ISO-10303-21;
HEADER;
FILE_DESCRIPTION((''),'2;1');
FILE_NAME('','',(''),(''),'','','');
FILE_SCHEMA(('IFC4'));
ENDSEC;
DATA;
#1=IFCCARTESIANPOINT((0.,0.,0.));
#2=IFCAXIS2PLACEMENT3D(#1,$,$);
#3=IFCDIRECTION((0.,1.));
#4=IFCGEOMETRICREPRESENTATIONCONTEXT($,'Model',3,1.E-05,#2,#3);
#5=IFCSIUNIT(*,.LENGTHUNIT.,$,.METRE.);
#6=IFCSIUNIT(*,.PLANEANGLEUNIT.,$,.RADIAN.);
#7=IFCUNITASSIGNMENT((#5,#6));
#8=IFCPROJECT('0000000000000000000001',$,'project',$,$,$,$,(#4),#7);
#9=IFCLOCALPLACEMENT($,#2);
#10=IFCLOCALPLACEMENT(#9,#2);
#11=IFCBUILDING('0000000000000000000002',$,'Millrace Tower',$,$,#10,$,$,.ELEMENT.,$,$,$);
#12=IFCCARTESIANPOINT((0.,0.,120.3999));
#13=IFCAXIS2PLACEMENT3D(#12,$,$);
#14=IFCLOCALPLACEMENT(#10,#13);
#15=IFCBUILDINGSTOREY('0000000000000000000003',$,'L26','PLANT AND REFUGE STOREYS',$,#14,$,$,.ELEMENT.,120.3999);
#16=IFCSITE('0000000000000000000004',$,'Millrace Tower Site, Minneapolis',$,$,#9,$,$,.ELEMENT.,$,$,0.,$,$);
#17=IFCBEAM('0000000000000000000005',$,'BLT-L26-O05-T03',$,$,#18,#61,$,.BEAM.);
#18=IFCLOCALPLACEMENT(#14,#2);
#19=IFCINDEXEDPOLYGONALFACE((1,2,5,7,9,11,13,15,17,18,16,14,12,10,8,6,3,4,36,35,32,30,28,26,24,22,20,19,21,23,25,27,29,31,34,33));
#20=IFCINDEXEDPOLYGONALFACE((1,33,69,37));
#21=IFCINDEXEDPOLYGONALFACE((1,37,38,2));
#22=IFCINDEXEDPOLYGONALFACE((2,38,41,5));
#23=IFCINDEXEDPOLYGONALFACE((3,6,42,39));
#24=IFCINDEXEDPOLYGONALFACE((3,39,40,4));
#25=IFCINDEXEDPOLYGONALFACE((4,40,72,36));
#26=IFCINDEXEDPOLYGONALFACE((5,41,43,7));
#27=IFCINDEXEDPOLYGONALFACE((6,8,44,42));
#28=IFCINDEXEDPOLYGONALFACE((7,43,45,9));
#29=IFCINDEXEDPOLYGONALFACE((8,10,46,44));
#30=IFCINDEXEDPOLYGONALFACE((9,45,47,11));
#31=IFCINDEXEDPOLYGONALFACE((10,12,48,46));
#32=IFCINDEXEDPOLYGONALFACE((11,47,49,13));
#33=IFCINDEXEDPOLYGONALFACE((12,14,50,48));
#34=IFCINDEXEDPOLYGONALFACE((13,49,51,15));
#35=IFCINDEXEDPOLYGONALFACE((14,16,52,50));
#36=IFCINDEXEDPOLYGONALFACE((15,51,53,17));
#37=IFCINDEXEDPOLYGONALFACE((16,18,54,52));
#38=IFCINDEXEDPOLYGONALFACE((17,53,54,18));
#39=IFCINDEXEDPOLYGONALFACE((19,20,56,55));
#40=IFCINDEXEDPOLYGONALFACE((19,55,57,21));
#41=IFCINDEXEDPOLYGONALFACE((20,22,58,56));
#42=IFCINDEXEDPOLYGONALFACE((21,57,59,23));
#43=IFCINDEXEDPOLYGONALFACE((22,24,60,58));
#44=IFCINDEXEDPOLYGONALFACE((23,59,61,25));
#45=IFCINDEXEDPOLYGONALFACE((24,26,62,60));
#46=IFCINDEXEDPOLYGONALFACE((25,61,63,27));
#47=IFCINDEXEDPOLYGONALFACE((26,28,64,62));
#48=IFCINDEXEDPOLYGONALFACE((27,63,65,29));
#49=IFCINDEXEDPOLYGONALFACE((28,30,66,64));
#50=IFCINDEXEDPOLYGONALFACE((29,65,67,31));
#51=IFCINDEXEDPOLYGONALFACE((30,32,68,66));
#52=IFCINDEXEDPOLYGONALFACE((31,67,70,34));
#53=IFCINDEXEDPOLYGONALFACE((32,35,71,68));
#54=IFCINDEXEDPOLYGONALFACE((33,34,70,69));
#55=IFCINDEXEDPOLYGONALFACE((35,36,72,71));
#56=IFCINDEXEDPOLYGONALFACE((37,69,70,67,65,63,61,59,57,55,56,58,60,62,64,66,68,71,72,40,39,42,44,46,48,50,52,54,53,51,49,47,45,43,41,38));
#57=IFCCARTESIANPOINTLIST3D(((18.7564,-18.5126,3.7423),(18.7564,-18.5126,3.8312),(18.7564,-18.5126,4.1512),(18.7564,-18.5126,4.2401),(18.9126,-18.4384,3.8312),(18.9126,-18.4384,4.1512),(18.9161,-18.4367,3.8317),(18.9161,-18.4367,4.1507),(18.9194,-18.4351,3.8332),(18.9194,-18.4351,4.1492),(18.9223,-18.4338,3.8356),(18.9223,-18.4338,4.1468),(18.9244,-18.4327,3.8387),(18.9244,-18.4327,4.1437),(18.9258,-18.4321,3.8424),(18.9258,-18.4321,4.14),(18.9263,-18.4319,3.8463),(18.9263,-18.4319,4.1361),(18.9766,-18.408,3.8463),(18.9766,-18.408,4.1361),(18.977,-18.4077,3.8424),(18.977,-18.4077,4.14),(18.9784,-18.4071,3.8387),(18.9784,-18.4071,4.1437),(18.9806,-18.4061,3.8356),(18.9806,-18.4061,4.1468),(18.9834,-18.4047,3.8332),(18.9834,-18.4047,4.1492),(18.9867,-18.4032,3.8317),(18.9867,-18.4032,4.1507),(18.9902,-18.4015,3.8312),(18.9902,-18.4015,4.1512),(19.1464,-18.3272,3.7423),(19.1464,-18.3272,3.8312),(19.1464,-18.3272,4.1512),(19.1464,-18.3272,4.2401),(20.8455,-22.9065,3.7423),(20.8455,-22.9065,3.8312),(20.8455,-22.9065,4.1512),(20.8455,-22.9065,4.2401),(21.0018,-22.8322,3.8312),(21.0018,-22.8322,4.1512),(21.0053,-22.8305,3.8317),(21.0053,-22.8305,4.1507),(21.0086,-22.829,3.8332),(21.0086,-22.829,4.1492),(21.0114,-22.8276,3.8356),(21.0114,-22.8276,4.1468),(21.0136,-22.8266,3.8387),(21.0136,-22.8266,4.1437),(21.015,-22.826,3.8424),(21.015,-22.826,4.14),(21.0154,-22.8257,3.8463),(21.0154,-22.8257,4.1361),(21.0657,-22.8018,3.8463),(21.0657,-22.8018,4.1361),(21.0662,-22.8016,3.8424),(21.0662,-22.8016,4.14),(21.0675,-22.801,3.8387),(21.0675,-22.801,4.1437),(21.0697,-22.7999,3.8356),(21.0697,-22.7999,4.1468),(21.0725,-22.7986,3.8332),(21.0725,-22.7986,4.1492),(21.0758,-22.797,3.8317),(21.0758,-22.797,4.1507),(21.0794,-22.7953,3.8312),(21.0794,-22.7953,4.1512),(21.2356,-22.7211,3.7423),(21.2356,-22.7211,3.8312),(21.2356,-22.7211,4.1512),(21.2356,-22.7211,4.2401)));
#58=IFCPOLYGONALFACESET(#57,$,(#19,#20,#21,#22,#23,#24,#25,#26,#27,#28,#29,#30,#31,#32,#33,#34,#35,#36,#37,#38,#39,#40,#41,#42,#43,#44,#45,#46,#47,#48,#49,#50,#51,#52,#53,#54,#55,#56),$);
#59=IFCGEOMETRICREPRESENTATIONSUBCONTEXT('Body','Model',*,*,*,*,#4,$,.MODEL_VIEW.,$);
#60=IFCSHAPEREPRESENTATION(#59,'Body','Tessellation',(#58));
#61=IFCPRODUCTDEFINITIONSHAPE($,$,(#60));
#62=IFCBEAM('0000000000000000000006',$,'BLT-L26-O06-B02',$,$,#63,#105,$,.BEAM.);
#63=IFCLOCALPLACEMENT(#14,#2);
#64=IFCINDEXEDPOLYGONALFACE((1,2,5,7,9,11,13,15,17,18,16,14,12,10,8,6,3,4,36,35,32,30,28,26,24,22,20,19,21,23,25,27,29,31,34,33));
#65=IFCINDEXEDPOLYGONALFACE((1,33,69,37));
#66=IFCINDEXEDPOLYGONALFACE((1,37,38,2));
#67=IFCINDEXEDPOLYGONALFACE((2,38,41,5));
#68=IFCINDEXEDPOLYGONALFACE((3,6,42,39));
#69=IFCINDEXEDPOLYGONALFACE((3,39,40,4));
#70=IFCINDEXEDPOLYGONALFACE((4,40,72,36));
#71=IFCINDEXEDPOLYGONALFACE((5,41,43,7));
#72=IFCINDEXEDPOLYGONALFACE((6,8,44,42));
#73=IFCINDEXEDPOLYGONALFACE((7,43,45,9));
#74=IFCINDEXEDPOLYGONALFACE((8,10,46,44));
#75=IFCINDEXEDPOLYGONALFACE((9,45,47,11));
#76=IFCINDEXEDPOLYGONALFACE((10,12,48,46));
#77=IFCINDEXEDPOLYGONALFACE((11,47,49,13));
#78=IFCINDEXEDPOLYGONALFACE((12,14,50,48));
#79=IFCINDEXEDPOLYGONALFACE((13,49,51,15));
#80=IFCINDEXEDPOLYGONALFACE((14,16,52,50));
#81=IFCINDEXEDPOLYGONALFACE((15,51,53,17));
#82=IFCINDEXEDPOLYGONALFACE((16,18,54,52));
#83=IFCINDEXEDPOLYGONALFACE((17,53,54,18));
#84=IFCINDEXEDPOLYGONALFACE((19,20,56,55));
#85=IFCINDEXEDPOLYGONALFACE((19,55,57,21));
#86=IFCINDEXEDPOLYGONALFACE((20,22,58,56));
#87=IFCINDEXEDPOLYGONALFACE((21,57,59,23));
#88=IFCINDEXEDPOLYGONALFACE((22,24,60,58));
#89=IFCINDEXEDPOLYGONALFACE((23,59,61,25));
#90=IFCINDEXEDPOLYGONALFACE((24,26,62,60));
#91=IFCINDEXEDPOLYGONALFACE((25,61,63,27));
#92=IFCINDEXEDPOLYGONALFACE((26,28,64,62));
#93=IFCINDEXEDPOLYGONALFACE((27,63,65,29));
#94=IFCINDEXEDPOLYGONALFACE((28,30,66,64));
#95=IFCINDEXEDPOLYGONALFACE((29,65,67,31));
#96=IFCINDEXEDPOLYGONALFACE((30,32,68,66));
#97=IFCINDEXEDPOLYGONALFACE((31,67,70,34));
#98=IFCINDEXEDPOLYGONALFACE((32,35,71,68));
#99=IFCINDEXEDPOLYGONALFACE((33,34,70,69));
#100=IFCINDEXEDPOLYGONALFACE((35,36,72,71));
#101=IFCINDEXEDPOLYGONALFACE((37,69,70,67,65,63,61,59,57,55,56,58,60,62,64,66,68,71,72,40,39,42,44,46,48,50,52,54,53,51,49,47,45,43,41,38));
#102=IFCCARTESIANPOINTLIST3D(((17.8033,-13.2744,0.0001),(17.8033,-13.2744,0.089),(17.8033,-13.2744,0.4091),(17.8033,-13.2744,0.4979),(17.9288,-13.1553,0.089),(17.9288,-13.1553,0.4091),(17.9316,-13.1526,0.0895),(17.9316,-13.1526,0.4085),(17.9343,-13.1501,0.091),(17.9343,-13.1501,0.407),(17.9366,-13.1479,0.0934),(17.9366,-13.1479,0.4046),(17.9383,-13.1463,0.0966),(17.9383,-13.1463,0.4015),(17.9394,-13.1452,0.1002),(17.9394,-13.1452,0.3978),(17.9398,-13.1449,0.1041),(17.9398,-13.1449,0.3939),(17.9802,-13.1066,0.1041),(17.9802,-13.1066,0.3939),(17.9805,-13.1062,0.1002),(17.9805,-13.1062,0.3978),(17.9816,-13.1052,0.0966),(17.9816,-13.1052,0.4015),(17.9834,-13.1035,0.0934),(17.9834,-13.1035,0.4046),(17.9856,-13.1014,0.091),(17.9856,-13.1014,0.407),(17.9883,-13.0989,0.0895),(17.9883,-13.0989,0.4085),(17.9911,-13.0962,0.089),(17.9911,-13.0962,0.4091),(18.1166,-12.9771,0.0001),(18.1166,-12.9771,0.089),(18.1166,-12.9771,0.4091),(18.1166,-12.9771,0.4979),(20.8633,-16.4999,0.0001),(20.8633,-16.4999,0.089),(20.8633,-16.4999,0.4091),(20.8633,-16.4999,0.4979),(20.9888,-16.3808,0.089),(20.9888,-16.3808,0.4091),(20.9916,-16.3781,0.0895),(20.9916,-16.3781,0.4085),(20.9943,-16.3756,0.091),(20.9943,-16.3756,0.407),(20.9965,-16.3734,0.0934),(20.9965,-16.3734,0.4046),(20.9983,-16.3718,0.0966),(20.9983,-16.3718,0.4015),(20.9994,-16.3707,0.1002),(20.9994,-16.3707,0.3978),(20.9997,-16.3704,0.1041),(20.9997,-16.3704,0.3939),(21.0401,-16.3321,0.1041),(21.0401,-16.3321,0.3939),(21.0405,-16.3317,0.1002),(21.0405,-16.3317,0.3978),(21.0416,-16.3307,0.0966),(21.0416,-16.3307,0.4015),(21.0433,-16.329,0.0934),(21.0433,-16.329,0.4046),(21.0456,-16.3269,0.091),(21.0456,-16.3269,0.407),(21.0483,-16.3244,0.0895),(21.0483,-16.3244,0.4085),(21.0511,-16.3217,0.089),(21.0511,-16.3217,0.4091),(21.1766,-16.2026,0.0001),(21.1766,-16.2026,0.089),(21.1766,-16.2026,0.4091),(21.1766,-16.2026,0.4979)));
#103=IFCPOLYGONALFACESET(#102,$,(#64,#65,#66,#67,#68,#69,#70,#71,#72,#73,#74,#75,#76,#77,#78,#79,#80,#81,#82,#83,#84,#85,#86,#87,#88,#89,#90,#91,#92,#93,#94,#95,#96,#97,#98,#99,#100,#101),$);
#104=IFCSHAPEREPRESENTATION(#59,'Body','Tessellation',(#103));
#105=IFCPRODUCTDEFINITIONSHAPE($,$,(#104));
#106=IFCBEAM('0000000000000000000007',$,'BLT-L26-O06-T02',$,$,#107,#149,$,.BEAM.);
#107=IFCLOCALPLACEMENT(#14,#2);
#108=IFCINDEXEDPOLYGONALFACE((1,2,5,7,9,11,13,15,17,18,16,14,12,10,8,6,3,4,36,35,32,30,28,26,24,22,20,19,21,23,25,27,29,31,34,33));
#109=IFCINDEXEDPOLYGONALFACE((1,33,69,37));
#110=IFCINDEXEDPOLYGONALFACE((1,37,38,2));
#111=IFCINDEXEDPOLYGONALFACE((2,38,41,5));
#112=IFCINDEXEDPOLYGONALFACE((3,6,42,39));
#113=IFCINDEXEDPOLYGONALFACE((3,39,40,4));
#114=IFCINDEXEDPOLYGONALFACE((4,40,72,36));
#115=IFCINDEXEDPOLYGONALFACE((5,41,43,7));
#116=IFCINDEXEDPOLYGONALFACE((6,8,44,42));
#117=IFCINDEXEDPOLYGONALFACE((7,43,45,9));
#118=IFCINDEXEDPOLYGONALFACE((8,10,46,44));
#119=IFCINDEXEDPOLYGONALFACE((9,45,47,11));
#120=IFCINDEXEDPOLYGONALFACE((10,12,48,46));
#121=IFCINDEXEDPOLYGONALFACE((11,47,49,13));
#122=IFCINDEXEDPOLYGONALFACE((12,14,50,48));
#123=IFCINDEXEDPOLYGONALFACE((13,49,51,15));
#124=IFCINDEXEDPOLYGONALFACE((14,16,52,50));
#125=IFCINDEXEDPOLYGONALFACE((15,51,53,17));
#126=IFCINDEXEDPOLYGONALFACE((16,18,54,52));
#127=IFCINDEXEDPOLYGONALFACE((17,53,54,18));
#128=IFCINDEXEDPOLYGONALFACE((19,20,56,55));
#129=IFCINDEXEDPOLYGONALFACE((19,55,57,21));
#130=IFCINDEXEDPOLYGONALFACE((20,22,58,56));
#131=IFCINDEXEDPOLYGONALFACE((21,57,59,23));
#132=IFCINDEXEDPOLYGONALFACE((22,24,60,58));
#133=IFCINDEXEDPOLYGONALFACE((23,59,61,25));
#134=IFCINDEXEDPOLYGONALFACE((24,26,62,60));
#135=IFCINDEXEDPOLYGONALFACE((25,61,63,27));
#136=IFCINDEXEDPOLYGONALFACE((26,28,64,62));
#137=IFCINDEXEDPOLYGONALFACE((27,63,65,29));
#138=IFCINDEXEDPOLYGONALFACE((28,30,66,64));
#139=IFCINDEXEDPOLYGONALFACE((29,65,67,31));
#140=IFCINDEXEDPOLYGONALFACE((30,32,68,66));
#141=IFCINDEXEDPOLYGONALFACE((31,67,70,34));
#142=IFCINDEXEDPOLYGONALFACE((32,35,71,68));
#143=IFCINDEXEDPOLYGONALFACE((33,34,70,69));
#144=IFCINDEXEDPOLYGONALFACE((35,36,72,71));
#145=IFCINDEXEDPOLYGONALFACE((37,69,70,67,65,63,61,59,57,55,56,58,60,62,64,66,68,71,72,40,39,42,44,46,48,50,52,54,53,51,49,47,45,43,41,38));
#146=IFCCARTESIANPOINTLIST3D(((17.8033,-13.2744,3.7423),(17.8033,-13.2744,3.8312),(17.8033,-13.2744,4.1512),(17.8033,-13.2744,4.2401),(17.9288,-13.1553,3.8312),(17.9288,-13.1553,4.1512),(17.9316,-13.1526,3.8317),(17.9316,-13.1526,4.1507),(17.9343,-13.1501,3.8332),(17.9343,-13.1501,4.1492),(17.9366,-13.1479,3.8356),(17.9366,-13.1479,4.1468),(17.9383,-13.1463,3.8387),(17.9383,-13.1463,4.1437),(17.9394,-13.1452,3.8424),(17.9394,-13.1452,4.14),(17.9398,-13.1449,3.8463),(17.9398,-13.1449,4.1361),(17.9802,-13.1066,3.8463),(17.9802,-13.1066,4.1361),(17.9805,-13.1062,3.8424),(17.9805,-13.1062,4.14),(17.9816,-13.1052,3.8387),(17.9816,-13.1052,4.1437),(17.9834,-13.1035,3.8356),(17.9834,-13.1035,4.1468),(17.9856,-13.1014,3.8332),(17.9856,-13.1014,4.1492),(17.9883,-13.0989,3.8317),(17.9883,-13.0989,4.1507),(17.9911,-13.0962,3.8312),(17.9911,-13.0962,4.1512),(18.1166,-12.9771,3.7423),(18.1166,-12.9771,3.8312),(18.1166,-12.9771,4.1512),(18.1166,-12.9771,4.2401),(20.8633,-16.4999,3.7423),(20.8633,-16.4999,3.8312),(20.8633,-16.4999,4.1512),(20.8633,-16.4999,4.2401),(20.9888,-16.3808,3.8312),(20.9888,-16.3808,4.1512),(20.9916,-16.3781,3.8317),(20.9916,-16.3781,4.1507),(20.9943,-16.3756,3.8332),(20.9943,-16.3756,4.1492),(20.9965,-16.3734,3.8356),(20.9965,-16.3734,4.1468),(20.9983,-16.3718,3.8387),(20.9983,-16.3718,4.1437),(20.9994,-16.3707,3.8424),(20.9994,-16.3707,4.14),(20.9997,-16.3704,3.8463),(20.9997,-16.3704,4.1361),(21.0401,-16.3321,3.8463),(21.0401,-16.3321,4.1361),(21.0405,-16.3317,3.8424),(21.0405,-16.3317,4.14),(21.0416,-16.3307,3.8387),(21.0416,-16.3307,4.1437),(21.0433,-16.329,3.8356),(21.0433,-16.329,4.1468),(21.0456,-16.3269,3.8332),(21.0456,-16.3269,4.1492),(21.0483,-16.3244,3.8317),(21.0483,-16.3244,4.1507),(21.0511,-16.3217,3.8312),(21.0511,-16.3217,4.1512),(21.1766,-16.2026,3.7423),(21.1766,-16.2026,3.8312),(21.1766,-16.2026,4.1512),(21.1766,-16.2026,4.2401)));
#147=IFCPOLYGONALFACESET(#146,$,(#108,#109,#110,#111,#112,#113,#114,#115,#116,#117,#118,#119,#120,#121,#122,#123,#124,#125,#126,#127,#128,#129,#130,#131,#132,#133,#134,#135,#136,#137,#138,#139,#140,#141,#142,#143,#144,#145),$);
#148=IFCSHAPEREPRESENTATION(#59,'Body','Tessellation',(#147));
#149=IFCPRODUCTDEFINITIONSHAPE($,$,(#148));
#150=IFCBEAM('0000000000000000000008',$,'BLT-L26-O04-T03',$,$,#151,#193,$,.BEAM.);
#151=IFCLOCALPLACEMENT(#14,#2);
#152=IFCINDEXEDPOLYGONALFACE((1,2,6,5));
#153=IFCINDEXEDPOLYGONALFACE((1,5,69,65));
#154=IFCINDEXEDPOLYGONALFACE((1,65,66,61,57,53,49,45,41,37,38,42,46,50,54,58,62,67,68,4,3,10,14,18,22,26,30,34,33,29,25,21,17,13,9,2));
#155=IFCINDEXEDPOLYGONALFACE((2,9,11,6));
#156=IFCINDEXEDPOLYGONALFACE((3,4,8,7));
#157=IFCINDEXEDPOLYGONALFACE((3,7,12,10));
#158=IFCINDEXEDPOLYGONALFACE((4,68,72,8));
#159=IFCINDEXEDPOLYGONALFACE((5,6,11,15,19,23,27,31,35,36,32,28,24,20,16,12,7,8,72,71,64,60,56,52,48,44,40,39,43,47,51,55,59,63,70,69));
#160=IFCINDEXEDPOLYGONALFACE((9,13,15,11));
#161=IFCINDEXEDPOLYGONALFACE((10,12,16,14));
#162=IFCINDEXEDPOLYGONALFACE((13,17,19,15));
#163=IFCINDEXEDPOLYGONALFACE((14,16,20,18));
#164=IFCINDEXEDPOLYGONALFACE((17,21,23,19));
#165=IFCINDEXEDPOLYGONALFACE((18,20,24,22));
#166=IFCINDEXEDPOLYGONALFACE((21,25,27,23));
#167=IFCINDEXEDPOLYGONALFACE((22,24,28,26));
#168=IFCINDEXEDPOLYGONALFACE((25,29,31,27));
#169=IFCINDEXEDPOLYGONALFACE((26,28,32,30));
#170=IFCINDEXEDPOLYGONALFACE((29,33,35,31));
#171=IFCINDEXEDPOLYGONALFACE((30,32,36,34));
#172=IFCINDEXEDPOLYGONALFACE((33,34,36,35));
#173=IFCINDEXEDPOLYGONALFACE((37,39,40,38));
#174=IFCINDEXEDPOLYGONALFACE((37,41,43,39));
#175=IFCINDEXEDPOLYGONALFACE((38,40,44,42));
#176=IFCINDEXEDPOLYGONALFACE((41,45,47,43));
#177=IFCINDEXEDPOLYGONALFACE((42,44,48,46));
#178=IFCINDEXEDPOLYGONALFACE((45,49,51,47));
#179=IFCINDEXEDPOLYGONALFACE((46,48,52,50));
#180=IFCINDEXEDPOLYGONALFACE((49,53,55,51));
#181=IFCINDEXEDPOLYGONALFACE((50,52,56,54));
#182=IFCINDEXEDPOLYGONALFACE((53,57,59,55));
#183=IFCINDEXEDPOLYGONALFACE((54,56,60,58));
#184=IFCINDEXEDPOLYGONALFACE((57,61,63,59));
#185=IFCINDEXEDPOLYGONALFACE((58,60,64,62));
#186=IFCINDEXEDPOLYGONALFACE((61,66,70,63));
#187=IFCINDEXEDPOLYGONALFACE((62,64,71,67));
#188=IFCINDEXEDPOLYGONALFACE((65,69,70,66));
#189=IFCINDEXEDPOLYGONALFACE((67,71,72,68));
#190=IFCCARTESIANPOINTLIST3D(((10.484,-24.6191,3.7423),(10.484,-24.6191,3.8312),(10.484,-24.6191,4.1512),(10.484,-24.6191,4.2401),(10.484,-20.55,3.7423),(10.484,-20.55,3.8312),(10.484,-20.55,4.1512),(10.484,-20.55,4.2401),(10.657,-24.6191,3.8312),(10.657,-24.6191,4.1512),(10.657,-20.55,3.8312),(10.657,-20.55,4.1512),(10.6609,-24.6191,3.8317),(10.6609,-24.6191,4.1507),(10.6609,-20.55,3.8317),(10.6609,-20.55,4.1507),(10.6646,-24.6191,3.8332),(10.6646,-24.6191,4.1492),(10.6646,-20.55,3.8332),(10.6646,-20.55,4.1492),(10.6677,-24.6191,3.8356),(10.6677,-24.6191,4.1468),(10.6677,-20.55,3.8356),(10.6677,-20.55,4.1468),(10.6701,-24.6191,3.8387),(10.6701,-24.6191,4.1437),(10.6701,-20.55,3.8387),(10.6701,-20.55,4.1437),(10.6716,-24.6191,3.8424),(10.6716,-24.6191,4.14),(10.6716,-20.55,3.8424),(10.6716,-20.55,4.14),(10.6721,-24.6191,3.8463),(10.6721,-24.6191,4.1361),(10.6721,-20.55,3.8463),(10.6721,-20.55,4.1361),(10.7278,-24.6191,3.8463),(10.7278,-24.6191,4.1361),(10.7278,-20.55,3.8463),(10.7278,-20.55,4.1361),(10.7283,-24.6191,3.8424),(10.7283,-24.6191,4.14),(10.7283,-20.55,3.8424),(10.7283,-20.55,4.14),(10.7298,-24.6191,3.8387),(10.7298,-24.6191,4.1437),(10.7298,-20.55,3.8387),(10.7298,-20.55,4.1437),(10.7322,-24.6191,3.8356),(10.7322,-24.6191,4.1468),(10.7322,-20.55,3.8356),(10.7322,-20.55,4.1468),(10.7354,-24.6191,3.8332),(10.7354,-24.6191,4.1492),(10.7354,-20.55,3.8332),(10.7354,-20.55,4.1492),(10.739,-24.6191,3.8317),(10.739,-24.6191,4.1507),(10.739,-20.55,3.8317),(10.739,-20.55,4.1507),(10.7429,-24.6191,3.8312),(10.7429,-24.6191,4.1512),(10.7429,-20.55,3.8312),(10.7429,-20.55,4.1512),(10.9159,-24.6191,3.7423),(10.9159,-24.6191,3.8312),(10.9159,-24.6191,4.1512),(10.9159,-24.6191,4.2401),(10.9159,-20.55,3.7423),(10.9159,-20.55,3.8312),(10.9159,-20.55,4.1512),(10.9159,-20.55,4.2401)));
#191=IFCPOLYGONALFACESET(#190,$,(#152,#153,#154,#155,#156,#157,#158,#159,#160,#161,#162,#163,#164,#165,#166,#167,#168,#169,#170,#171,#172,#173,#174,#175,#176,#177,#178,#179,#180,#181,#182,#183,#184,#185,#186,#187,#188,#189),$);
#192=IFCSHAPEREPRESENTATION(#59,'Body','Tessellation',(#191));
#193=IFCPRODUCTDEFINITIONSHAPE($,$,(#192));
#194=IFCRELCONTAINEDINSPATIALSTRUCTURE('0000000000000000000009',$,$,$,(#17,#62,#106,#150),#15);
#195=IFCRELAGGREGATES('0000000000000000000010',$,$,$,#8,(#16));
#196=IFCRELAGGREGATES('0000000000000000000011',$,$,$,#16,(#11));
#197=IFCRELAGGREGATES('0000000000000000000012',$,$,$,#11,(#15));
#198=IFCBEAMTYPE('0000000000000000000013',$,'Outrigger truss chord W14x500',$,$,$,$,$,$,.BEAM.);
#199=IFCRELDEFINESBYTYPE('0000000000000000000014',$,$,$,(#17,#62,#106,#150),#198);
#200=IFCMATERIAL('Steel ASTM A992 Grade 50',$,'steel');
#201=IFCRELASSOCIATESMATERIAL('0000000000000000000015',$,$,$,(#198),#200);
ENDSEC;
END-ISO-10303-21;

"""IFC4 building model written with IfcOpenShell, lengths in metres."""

from ifc_helpers import new_model, si_unit, direction, frame, origin, origin_2d, place, context, subcontext, project, spatial, i_section, extrude, material, material_profile, profile_set, type_object, element, save


model = new_model("IFC4")

# Units and contexts
model_context = context("Model", 3, precision=1e-05, world=origin(), true_north=direction((0.0, 1.0)))
body_context = subcontext(model_context, "Body", "Model", "MODEL_VIEW")
ifc_project = project(units=[si_unit("LENGTHUNIT", "METRE"), si_unit("PLANEANGLEUNIT", "RADIAN")], contexts=[model_context])

# Site, building, storey
site_placement = place(None, origin())
site = spatial("IfcSite", under=ifc_project, at=site_placement, Name="Millrace Tower Site, Minneapolis", CompositionType="ELEMENT", RefElevation=0.0)
building_placement = place(site_placement, origin())
building = spatial("IfcBuilding", under=site, at=building_placement, Name="Millrace Tower", CompositionType="ELEMENT")
storey_placement = place(building_placement, frame((0.0, 0.0, 120.3999)))
storey = spatial("IfcBuildingStorey", under=building, at=storey_placement, Name="L26", Description="PLANT AND REFUGE STOREYS", CompositionType="ELEMENT", Elevation=120.3999)

# Beams
ifc_material_1 = material(Name="Steel ASTM A992 Grade 50", Category="steel")
ifc_material_profile_1 = material_profile(ifc_material_1, i_section(OverallWidth=0.4319, OverallDepth=0.4978, WebThickness=0.0557, FlangeThickness=0.0889, FilletRadius=0.0151, at=origin_2d()))
ifc_profile_set_1 = profile_set([ifc_material_profile_1], Name="Steel ASTM A992 Grade 50")
beam_type_1 = type_object("IfcBeamType", Name="Outrigger truss chord W14x500", PredefinedType="BEAM", material=ifc_profile_set_1)
beam_1_placement = place(storey_placement, frame((18.9514, -18.4199, 3.9912), z_axis=(0.429402, -0.903114, 0.0), x_axis=(0.903114, 0.429402, 0.0)))
element("IfcBeam", 1, at=beam_1_placement, inside=storey, type_object=beam_type_1, Name="BLT-L26-O05-T03", PredefinedType="BEAM", context=body_context, shape_type="SweptSolid", body=[
    extrude(i_section(OverallWidth=0.4319, OverallDepth=0.4978, WebThickness=0.0557, FlangeThickness=0.0889, FilletRadius=0.0151, at=origin_2d()), origin(), (0.0, 0.0, 1.0), 4.8652),
])
for number, where, z_axis, x_axis, name in (
    (2, (17.96, -13.1257, 0.249), (0.688247, -0.725476, 0.0), (0.725476, 0.688247, 0.0), "BLT-L26-O06-B02"),
    (3, (17.96, -13.1257, 3.9912), (0.688247, -0.725476, 0.0), (0.725476, 0.688247, 0.0), "BLT-L26-O06-T02"),
):
    element("IfcBeam", number, at=place(storey_placement, frame(where, z_axis=z_axis, x_axis=x_axis)), inside=storey, type_object=beam_type_1, Name=name, PredefinedType="BEAM", context=body_context, shape_type="SweptSolid", body=[
        extrude(i_section(OverallWidth=0.4319, OverallDepth=0.4978, WebThickness=0.0557, FlangeThickness=0.0889, FilletRadius=0.0151, at=origin_2d()), origin(), (0.0, 0.0, 1.0), 4.446),
    ])
beam_2_placement = place(storey_placement, frame((10.7, -20.55, 3.9912), z_axis=(0.0, -1.0, 0.0), x_axis=(1.0, 0.0, 0.0)))
element("IfcBeam", 4, at=beam_2_placement, inside=storey, type_object=beam_type_1, Name="BLT-L26-O04-T03", PredefinedType="BEAM", context=body_context, shape_type="SweptSolid", body=[
    extrude(i_section(OverallWidth=0.4319, OverallDepth=0.4978, WebThickness=0.0557, FlangeThickness=0.0889, FilletRadius=0.0151, at=origin_2d()), origin(), (0.0, 0.0, 1.0), 4.0691),
])

save(model, "model.ifc")
